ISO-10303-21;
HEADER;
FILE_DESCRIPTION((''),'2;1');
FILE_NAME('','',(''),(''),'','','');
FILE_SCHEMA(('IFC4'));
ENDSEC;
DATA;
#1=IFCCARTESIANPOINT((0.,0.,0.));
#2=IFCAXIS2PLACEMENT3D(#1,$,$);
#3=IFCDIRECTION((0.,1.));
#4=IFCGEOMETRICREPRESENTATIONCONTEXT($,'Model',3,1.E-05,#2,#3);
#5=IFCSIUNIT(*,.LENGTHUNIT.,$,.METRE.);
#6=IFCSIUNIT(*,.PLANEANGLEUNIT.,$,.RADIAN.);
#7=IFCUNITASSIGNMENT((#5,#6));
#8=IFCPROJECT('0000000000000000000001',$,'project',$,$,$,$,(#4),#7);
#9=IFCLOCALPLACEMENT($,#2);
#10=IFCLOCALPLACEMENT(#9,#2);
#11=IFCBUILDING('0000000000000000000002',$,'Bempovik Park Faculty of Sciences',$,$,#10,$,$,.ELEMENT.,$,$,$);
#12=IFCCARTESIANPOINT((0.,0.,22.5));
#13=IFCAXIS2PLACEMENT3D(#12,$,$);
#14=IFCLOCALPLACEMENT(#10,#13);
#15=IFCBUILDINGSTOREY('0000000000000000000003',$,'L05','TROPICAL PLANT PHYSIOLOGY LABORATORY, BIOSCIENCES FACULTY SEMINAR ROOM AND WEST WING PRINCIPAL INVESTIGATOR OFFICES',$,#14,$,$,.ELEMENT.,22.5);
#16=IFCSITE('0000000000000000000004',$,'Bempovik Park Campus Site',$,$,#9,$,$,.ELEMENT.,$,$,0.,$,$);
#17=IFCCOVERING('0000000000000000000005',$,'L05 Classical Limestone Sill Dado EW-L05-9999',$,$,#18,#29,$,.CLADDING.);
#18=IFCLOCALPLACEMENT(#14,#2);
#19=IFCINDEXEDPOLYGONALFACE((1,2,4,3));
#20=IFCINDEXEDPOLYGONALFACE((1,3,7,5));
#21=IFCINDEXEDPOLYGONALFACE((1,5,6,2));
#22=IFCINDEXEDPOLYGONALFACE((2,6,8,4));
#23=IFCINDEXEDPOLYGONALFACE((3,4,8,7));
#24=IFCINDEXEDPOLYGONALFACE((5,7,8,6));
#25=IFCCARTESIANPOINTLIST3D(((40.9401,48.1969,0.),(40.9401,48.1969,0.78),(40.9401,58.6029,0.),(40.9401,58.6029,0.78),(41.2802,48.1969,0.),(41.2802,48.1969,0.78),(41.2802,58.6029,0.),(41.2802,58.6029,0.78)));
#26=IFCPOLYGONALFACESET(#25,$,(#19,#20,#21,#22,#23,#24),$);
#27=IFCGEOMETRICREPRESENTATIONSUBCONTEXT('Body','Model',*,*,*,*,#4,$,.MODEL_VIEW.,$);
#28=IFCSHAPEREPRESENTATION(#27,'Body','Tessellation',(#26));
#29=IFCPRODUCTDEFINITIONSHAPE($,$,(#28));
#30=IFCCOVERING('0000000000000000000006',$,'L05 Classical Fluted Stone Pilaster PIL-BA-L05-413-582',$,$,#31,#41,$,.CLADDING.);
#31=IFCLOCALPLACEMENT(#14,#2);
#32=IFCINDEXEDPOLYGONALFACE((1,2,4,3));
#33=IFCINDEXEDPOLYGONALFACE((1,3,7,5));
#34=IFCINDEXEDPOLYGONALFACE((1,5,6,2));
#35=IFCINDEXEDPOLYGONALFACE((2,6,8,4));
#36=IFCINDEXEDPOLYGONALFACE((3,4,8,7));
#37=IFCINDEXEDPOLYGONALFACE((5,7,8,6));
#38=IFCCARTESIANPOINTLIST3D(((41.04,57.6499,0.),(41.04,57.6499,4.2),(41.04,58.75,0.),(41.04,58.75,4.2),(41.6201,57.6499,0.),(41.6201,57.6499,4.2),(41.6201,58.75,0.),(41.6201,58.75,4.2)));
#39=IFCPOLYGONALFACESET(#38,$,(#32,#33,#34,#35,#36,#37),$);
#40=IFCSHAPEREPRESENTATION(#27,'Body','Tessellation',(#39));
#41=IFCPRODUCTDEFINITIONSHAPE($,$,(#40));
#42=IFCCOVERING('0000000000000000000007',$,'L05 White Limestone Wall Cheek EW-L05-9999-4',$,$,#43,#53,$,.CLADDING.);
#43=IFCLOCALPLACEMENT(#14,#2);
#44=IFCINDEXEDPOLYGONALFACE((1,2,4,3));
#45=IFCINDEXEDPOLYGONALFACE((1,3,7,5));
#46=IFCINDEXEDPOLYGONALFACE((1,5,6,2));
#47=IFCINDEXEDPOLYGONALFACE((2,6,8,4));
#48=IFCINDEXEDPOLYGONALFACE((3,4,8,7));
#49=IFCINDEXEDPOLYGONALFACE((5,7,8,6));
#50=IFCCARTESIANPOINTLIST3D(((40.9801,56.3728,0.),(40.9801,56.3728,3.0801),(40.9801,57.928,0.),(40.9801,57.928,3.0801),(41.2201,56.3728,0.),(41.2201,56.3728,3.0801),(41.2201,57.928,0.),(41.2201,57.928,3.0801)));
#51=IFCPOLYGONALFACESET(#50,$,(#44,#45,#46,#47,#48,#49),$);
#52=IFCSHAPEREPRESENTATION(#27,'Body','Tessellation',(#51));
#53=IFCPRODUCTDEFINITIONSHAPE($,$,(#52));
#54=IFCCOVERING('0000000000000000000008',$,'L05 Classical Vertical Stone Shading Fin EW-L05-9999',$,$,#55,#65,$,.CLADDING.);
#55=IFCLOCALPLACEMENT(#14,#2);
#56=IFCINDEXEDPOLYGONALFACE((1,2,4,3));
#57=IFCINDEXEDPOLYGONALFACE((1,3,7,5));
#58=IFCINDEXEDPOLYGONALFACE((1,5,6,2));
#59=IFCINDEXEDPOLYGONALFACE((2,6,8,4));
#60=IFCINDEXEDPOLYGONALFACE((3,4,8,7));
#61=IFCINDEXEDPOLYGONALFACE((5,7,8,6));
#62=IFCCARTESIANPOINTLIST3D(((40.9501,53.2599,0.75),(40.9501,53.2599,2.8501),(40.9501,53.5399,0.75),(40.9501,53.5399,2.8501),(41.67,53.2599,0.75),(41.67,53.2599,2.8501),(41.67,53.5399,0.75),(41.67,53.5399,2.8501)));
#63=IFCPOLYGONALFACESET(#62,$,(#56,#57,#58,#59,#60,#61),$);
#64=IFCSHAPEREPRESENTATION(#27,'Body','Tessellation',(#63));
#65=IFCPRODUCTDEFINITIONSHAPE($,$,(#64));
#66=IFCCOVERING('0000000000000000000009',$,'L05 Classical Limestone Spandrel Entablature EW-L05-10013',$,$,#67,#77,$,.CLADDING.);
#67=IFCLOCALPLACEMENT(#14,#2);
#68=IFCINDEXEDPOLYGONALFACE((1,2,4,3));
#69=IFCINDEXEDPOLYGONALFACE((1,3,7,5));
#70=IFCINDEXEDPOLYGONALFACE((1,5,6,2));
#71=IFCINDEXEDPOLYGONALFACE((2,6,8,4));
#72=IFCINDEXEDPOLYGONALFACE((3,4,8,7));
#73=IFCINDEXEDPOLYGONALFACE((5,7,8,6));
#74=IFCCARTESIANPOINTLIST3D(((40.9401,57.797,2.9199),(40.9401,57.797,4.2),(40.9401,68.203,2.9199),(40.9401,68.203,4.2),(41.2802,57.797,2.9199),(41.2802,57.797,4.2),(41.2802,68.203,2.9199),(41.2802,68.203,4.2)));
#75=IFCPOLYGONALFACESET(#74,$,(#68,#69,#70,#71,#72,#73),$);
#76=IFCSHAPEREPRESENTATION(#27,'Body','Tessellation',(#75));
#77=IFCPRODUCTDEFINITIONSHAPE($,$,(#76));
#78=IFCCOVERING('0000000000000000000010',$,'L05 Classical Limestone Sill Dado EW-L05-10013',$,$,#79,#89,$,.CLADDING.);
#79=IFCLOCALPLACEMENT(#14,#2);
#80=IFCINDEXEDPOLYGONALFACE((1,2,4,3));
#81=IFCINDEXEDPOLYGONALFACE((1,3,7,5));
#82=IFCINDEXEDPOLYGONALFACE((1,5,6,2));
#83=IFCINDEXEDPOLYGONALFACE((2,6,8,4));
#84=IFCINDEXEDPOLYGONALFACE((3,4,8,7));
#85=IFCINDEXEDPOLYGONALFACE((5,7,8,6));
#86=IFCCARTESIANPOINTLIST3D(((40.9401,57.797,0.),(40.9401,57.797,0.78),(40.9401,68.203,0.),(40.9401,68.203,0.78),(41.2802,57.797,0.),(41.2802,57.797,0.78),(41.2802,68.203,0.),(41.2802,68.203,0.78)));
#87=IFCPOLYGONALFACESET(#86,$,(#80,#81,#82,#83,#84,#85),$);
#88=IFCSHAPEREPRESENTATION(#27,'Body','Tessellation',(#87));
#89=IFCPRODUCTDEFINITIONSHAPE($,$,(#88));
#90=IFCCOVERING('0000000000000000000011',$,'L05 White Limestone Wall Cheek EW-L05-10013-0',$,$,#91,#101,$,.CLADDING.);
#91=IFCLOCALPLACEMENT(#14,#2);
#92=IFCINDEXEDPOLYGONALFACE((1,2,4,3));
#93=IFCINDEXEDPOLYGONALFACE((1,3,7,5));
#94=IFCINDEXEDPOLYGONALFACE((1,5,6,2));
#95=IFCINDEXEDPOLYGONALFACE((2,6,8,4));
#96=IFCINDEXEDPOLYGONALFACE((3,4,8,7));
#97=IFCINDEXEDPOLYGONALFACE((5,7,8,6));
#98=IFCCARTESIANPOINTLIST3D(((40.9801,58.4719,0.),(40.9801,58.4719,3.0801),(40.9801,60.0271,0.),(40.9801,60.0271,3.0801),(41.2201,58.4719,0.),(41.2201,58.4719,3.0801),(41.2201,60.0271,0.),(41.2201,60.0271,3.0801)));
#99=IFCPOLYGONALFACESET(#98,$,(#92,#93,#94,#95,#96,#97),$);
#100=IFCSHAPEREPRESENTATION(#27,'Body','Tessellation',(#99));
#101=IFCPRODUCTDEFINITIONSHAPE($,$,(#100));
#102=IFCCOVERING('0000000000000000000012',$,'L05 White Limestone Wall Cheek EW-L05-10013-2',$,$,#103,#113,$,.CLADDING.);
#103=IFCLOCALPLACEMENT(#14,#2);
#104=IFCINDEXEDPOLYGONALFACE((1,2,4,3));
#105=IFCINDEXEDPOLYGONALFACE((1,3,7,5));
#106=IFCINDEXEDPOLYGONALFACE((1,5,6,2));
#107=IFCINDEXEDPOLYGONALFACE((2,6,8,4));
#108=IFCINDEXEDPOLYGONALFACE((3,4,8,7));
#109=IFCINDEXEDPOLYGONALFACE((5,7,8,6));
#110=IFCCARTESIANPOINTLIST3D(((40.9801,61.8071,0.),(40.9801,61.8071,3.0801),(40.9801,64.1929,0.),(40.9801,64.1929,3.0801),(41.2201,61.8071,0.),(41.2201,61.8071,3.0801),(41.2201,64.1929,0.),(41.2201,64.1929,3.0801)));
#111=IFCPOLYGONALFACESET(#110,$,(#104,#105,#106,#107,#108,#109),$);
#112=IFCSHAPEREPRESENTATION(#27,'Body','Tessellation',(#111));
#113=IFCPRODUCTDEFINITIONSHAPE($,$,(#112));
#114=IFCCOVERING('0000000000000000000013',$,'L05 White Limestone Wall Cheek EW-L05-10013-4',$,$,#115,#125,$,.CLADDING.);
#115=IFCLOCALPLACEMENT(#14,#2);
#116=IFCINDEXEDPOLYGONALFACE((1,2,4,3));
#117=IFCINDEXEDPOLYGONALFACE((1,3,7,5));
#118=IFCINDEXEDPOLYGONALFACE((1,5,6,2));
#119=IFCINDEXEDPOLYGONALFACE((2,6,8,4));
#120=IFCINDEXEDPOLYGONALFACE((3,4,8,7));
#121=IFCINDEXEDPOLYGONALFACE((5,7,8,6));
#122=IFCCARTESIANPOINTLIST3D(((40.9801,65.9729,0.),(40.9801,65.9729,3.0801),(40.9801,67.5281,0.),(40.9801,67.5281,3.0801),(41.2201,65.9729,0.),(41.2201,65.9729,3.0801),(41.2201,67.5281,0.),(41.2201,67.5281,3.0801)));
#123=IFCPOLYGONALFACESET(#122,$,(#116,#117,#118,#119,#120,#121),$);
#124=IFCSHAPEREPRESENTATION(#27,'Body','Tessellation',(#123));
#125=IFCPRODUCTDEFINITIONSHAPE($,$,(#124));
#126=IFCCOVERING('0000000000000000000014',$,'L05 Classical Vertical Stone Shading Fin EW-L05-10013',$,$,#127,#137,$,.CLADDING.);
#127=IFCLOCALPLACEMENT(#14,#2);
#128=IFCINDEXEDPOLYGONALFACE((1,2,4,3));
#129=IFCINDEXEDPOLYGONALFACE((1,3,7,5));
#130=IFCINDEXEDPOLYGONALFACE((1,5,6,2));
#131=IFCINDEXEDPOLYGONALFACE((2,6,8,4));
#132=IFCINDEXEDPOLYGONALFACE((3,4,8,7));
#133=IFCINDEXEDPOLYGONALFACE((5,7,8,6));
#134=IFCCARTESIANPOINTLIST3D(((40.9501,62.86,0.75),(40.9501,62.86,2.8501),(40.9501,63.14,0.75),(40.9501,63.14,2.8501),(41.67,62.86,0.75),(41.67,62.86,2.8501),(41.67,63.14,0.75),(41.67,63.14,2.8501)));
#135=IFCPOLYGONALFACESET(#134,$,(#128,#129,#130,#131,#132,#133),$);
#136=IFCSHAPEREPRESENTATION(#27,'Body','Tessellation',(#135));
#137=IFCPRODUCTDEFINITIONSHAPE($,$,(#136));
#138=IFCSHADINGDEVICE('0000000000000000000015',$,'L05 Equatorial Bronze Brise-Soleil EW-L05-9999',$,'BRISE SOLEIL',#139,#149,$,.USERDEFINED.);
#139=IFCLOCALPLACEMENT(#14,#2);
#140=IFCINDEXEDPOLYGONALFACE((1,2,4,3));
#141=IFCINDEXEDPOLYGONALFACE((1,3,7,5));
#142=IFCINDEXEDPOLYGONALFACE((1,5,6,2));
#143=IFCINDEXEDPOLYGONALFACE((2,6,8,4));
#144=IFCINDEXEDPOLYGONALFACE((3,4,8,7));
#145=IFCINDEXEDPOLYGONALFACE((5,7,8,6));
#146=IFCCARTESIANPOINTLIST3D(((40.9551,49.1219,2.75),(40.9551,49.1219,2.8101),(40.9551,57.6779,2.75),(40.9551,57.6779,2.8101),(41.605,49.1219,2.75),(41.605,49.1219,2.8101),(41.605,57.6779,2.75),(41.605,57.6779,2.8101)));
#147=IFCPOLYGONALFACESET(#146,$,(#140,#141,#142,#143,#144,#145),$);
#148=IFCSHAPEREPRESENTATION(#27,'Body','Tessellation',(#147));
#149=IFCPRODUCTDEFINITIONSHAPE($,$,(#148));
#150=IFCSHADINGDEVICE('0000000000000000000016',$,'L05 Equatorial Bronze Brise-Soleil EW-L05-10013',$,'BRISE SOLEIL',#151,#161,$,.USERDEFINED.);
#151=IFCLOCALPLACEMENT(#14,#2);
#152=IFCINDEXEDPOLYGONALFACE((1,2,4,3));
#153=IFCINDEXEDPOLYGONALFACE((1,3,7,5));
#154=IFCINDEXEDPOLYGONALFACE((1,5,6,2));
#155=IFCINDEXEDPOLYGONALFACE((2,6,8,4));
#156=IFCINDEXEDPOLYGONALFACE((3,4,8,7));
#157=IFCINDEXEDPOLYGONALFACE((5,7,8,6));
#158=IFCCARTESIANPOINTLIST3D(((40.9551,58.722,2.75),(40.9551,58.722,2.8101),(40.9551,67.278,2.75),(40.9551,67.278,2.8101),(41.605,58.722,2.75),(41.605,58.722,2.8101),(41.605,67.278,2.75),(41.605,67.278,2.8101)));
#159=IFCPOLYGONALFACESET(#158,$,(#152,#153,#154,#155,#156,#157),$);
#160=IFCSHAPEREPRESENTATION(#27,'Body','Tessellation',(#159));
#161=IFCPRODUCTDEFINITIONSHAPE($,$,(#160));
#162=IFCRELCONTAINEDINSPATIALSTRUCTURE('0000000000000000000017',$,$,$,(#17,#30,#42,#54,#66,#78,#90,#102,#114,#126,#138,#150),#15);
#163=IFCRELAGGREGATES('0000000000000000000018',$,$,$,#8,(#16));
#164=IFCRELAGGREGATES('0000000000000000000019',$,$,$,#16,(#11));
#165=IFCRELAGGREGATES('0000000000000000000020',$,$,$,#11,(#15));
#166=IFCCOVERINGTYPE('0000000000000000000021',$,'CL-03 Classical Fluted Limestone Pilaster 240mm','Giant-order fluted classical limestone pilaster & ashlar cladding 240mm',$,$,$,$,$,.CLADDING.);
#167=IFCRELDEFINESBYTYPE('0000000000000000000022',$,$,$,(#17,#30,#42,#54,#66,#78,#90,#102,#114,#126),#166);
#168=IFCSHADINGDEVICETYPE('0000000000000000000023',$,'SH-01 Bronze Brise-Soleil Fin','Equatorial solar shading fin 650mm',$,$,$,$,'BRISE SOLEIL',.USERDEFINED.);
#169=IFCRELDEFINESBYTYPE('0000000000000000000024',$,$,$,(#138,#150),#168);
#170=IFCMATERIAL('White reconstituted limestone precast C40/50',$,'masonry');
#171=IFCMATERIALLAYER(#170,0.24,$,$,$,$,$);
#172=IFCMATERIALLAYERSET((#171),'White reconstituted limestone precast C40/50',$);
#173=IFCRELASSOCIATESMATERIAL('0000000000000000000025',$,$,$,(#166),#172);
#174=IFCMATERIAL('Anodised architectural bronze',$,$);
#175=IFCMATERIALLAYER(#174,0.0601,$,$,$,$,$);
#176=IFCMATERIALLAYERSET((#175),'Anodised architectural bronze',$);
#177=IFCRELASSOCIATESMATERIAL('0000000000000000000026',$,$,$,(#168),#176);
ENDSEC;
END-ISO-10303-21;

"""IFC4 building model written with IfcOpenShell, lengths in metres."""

from ifc_helpers import new_model, si_unit, direction, frame, origin, origin_2d, place, context, subcontext, project, spatial, rectangle, extrude, material, layer, layer_set, type_object, element, save


model = new_model("IFC4")

# Units and contexts
model_context = context("Model", 3, precision=1e-05, world=origin(), true_north=direction((0.0, 1.0)))
body_context = subcontext(model_context, "Body", "Model", "MODEL_VIEW")
ifc_project = project(units=[si_unit("LENGTHUNIT", "METRE"), si_unit("PLANEANGLEUNIT", "RADIAN")], contexts=[model_context])

# Site, building, storey
site_placement = place(None, origin())
site = spatial("IfcSite", under=ifc_project, at=site_placement, Name="Bempovik Park Campus Site", CompositionType="ELEMENT", RefElevation=0.0)
building_placement = place(site_placement, origin())
building = spatial("IfcBuilding", under=site, at=building_placement, Name="Bempovik Park Faculty of Sciences", CompositionType="ELEMENT")
storey_placement = place(building_placement, frame((0.0, 0.0, 22.5)))
storey = spatial("IfcBuildingStorey", under=building, at=storey_placement, Name="L05", Description="TROPICAL PLANT PHYSIOLOGY LABORATORY, BIOSCIENCES FACULTY SEMINAR ROOM AND WEST WING PRINCIPAL INVESTIGATOR OFFICES", CompositionType="ELEMENT", Elevation=22.5)

# Coverings
ifc_material_1 = material(Name="White reconstituted limestone precast C40/50", Category="masonry")
ifc_layer_1 = layer(ifc_material_1, 0.24)
ifc_layer_set_1 = layer_set([ifc_layer_1], Name="White reconstituted limestone precast C40/50")
covering_type_1 = type_object("IfcCoveringType", Name="CL-03 Classical Fluted Limestone Pilaster 240mm", Description="Giant-order fluted classical limestone pilaster & ashlar cladding 240mm", PredefinedType="CLADDING", material=ifc_layer_set_1)
covering_1_placement = place(storey_placement, frame((41.1101, 53.3999, 0.0), z_axis=(0.0, 0.0, 1.0), x_axis=(1.0, 0.0, 0.0)))
element("IfcCovering", 1, at=covering_1_placement, inside=storey, type_object=covering_type_1, Name="L05 Classical Limestone Sill Dado EW-L05-9999", PredefinedType="CLADDING", context=body_context, shape_type="SweptSolid", body=[
    extrude(rectangle(XDim=0.3401, YDim=10.406, at=origin_2d()), origin(), (0.0, 0.0, 1.0), 0.78),
])
covering_2_placement = place(storey_placement, frame((41.3301, 58.2, 0.0), z_axis=(0.0, 0.0, 1.0), x_axis=(1.0, 0.0, 0.0)))
element("IfcCovering", 2, at=covering_2_placement, inside=storey, type_object=covering_type_1, Name="L05 Classical Fluted Stone Pilaster PIL-BA-L05-413-582", PredefinedType="CLADDING", context=body_context, shape_type="SweptSolid", body=[
    extrude(rectangle(XDim=0.5801, YDim=1.1001, at=origin_2d()), origin(), (0.0, 0.0, 1.0), 4.2),
])
covering_3_placement = place(storey_placement, frame((41.1001, 57.1504, 0.0), z_axis=(0.0, 0.0, 1.0), x_axis=(1.0, 0.0, 0.0)))
element("IfcCovering", 3, at=covering_3_placement, inside=storey, type_object=covering_type_1, Name="L05 White Limestone Wall Cheek EW-L05-9999-4", PredefinedType="CLADDING", context=body_context, shape_type="SweptSolid", body=[
    extrude(rectangle(XDim=0.24, YDim=1.5552, at=origin_2d()), origin(), (0.0, 0.0, 1.0), 3.0801),
])
covering_4_placement = place(storey_placement, frame((41.3101, 53.3999, 0.75), z_axis=(0.0, 0.0, 1.0), x_axis=(1.0, 0.0, 0.0)))
element("IfcCovering", 4, at=covering_4_placement, inside=storey, type_object=covering_type_1, Name="L05 Classical Vertical Stone Shading Fin EW-L05-9999", PredefinedType="CLADDING", context=body_context, shape_type="SweptSolid", body=[
    extrude(rectangle(XDim=0.72, YDim=0.28, at=origin_2d()), origin(), (0.0, 0.0, 1.0), 2.1001),
])
covering_5_placement = place(storey_placement, frame((41.1101, 63.0, 2.9199), z_axis=(0.0, 0.0, 1.0), x_axis=(1.0, 0.0, 0.0)))
element("IfcCovering", 5, at=covering_5_placement, inside=storey, type_object=covering_type_1, Name="L05 Classical Limestone Spandrel Entablature EW-L05-10013", PredefinedType="CLADDING", context=body_context, shape_type="SweptSolid", body=[
    extrude(rectangle(XDim=0.3401, YDim=10.406, at=origin_2d()), origin(), (0.0, 0.0, 1.0), 1.28),
])
covering_6_placement = place(storey_placement, frame((41.1101, 63.0, 0.0), z_axis=(0.0, 0.0, 1.0), x_axis=(1.0, 0.0, 0.0)))
element("IfcCovering", 6, at=covering_6_placement, inside=storey, type_object=covering_type_1, Name="L05 Classical Limestone Sill Dado EW-L05-10013", PredefinedType="CLADDING", context=body_context, shape_type="SweptSolid", body=[
    extrude(rectangle(XDim=0.3401, YDim=10.406, at=origin_2d()), origin(), (0.0, 0.0, 1.0), 0.78),
])
covering_7_placement = place(storey_placement, frame((41.1001, 59.2495, 0.0), z_axis=(0.0, 0.0, 1.0), x_axis=(1.0, 0.0, 0.0)))
element("IfcCovering", 7, at=covering_7_placement, inside=storey, type_object=covering_type_1, Name="L05 White Limestone Wall Cheek EW-L05-10013-0", PredefinedType="CLADDING", context=body_context, shape_type="SweptSolid", body=[
    extrude(rectangle(XDim=0.24, YDim=1.5552, at=origin_2d()), origin(), (0.0, 0.0, 1.0), 3.0801),
])
covering_8_placement = place(storey_placement, frame((41.1001, 63.0, 0.0), z_axis=(0.0, 0.0, 1.0), x_axis=(1.0, 0.0, 0.0)))
element("IfcCovering", 8, at=covering_8_placement, inside=storey, type_object=covering_type_1, Name="L05 White Limestone Wall Cheek EW-L05-10013-2", PredefinedType="CLADDING", context=body_context, shape_type="SweptSolid", body=[
    extrude(rectangle(XDim=0.24, YDim=2.3857, at=origin_2d()), origin(), (0.0, 0.0, 1.0), 3.0801),
])
covering_9_placement = place(storey_placement, frame((41.1001, 66.7505, 0.0), z_axis=(0.0, 0.0, 1.0), x_axis=(1.0, 0.0, 0.0)))
element("IfcCovering", 9, at=covering_9_placement, inside=storey, type_object=covering_type_1, Name="L05 White Limestone Wall Cheek EW-L05-10013-4", PredefinedType="CLADDING", context=body_context, shape_type="SweptSolid", body=[
    extrude(rectangle(XDim=0.24, YDim=1.5552, at=origin_2d()), origin(), (0.0, 0.0, 1.0), 3.0801),
])
covering_10_placement = place(storey_placement, frame((41.3101, 63.0, 0.75), z_axis=(0.0, 0.0, 1.0), x_axis=(1.0, 0.0, 0.0)))
element("IfcCovering", 10, at=covering_10_placement, inside=storey, type_object=covering_type_1, Name="L05 Classical Vertical Stone Shading Fin EW-L05-10013", PredefinedType="CLADDING", context=body_context, shape_type="SweptSolid", body=[
    extrude(rectangle(XDim=0.72, YDim=0.28, at=origin_2d()), origin(), (0.0, 0.0, 1.0), 2.1001),
])

# Shading devices
ifc_material_2 = material(Name="Anodised architectural bronze")
ifc_layer_2 = layer(ifc_material_2, 0.0601)
ifc_layer_set_2 = layer_set([ifc_layer_2], Name="Anodised architectural bronze")
shading_device_type = type_object("IfcShadingDeviceType", Name="SH-01 Bronze Brise-Soleil Fin", Description="Equatorial solar shading fin 650mm", ElementType="BRISE SOLEIL", PredefinedType="USERDEFINED", material=ifc_layer_set_2)
for number, where, z_axis, x_axis, name in (
    (11, (41.28, 53.3999, 2.75), (0.0, 0.0, 1.0), (1.0, 0.0, 0.0), "L05 Equatorial Bronze Brise-Soleil EW-L05-9999"),
    (12, (41.28, 63.0, 2.75), (0.0, 0.0, 1.0), (1.0, 0.0, 0.0), "L05 Equatorial Bronze Brise-Soleil EW-L05-10013"),
):
    element("IfcShadingDevice", number, at=place(storey_placement, frame(where, z_axis=z_axis, x_axis=x_axis)), inside=storey, type_object=shading_device_type, Name=name, ObjectType="BRISE SOLEIL", PredefinedType="USERDEFINED", context=body_context, shape_type="SweptSolid", body=[
        extrude(rectangle(XDim=0.6499, YDim=8.5559, at=origin_2d()), origin(), (0.0, 0.0, 1.0), 0.0601),
    ])

save(model, "model.ifc")
